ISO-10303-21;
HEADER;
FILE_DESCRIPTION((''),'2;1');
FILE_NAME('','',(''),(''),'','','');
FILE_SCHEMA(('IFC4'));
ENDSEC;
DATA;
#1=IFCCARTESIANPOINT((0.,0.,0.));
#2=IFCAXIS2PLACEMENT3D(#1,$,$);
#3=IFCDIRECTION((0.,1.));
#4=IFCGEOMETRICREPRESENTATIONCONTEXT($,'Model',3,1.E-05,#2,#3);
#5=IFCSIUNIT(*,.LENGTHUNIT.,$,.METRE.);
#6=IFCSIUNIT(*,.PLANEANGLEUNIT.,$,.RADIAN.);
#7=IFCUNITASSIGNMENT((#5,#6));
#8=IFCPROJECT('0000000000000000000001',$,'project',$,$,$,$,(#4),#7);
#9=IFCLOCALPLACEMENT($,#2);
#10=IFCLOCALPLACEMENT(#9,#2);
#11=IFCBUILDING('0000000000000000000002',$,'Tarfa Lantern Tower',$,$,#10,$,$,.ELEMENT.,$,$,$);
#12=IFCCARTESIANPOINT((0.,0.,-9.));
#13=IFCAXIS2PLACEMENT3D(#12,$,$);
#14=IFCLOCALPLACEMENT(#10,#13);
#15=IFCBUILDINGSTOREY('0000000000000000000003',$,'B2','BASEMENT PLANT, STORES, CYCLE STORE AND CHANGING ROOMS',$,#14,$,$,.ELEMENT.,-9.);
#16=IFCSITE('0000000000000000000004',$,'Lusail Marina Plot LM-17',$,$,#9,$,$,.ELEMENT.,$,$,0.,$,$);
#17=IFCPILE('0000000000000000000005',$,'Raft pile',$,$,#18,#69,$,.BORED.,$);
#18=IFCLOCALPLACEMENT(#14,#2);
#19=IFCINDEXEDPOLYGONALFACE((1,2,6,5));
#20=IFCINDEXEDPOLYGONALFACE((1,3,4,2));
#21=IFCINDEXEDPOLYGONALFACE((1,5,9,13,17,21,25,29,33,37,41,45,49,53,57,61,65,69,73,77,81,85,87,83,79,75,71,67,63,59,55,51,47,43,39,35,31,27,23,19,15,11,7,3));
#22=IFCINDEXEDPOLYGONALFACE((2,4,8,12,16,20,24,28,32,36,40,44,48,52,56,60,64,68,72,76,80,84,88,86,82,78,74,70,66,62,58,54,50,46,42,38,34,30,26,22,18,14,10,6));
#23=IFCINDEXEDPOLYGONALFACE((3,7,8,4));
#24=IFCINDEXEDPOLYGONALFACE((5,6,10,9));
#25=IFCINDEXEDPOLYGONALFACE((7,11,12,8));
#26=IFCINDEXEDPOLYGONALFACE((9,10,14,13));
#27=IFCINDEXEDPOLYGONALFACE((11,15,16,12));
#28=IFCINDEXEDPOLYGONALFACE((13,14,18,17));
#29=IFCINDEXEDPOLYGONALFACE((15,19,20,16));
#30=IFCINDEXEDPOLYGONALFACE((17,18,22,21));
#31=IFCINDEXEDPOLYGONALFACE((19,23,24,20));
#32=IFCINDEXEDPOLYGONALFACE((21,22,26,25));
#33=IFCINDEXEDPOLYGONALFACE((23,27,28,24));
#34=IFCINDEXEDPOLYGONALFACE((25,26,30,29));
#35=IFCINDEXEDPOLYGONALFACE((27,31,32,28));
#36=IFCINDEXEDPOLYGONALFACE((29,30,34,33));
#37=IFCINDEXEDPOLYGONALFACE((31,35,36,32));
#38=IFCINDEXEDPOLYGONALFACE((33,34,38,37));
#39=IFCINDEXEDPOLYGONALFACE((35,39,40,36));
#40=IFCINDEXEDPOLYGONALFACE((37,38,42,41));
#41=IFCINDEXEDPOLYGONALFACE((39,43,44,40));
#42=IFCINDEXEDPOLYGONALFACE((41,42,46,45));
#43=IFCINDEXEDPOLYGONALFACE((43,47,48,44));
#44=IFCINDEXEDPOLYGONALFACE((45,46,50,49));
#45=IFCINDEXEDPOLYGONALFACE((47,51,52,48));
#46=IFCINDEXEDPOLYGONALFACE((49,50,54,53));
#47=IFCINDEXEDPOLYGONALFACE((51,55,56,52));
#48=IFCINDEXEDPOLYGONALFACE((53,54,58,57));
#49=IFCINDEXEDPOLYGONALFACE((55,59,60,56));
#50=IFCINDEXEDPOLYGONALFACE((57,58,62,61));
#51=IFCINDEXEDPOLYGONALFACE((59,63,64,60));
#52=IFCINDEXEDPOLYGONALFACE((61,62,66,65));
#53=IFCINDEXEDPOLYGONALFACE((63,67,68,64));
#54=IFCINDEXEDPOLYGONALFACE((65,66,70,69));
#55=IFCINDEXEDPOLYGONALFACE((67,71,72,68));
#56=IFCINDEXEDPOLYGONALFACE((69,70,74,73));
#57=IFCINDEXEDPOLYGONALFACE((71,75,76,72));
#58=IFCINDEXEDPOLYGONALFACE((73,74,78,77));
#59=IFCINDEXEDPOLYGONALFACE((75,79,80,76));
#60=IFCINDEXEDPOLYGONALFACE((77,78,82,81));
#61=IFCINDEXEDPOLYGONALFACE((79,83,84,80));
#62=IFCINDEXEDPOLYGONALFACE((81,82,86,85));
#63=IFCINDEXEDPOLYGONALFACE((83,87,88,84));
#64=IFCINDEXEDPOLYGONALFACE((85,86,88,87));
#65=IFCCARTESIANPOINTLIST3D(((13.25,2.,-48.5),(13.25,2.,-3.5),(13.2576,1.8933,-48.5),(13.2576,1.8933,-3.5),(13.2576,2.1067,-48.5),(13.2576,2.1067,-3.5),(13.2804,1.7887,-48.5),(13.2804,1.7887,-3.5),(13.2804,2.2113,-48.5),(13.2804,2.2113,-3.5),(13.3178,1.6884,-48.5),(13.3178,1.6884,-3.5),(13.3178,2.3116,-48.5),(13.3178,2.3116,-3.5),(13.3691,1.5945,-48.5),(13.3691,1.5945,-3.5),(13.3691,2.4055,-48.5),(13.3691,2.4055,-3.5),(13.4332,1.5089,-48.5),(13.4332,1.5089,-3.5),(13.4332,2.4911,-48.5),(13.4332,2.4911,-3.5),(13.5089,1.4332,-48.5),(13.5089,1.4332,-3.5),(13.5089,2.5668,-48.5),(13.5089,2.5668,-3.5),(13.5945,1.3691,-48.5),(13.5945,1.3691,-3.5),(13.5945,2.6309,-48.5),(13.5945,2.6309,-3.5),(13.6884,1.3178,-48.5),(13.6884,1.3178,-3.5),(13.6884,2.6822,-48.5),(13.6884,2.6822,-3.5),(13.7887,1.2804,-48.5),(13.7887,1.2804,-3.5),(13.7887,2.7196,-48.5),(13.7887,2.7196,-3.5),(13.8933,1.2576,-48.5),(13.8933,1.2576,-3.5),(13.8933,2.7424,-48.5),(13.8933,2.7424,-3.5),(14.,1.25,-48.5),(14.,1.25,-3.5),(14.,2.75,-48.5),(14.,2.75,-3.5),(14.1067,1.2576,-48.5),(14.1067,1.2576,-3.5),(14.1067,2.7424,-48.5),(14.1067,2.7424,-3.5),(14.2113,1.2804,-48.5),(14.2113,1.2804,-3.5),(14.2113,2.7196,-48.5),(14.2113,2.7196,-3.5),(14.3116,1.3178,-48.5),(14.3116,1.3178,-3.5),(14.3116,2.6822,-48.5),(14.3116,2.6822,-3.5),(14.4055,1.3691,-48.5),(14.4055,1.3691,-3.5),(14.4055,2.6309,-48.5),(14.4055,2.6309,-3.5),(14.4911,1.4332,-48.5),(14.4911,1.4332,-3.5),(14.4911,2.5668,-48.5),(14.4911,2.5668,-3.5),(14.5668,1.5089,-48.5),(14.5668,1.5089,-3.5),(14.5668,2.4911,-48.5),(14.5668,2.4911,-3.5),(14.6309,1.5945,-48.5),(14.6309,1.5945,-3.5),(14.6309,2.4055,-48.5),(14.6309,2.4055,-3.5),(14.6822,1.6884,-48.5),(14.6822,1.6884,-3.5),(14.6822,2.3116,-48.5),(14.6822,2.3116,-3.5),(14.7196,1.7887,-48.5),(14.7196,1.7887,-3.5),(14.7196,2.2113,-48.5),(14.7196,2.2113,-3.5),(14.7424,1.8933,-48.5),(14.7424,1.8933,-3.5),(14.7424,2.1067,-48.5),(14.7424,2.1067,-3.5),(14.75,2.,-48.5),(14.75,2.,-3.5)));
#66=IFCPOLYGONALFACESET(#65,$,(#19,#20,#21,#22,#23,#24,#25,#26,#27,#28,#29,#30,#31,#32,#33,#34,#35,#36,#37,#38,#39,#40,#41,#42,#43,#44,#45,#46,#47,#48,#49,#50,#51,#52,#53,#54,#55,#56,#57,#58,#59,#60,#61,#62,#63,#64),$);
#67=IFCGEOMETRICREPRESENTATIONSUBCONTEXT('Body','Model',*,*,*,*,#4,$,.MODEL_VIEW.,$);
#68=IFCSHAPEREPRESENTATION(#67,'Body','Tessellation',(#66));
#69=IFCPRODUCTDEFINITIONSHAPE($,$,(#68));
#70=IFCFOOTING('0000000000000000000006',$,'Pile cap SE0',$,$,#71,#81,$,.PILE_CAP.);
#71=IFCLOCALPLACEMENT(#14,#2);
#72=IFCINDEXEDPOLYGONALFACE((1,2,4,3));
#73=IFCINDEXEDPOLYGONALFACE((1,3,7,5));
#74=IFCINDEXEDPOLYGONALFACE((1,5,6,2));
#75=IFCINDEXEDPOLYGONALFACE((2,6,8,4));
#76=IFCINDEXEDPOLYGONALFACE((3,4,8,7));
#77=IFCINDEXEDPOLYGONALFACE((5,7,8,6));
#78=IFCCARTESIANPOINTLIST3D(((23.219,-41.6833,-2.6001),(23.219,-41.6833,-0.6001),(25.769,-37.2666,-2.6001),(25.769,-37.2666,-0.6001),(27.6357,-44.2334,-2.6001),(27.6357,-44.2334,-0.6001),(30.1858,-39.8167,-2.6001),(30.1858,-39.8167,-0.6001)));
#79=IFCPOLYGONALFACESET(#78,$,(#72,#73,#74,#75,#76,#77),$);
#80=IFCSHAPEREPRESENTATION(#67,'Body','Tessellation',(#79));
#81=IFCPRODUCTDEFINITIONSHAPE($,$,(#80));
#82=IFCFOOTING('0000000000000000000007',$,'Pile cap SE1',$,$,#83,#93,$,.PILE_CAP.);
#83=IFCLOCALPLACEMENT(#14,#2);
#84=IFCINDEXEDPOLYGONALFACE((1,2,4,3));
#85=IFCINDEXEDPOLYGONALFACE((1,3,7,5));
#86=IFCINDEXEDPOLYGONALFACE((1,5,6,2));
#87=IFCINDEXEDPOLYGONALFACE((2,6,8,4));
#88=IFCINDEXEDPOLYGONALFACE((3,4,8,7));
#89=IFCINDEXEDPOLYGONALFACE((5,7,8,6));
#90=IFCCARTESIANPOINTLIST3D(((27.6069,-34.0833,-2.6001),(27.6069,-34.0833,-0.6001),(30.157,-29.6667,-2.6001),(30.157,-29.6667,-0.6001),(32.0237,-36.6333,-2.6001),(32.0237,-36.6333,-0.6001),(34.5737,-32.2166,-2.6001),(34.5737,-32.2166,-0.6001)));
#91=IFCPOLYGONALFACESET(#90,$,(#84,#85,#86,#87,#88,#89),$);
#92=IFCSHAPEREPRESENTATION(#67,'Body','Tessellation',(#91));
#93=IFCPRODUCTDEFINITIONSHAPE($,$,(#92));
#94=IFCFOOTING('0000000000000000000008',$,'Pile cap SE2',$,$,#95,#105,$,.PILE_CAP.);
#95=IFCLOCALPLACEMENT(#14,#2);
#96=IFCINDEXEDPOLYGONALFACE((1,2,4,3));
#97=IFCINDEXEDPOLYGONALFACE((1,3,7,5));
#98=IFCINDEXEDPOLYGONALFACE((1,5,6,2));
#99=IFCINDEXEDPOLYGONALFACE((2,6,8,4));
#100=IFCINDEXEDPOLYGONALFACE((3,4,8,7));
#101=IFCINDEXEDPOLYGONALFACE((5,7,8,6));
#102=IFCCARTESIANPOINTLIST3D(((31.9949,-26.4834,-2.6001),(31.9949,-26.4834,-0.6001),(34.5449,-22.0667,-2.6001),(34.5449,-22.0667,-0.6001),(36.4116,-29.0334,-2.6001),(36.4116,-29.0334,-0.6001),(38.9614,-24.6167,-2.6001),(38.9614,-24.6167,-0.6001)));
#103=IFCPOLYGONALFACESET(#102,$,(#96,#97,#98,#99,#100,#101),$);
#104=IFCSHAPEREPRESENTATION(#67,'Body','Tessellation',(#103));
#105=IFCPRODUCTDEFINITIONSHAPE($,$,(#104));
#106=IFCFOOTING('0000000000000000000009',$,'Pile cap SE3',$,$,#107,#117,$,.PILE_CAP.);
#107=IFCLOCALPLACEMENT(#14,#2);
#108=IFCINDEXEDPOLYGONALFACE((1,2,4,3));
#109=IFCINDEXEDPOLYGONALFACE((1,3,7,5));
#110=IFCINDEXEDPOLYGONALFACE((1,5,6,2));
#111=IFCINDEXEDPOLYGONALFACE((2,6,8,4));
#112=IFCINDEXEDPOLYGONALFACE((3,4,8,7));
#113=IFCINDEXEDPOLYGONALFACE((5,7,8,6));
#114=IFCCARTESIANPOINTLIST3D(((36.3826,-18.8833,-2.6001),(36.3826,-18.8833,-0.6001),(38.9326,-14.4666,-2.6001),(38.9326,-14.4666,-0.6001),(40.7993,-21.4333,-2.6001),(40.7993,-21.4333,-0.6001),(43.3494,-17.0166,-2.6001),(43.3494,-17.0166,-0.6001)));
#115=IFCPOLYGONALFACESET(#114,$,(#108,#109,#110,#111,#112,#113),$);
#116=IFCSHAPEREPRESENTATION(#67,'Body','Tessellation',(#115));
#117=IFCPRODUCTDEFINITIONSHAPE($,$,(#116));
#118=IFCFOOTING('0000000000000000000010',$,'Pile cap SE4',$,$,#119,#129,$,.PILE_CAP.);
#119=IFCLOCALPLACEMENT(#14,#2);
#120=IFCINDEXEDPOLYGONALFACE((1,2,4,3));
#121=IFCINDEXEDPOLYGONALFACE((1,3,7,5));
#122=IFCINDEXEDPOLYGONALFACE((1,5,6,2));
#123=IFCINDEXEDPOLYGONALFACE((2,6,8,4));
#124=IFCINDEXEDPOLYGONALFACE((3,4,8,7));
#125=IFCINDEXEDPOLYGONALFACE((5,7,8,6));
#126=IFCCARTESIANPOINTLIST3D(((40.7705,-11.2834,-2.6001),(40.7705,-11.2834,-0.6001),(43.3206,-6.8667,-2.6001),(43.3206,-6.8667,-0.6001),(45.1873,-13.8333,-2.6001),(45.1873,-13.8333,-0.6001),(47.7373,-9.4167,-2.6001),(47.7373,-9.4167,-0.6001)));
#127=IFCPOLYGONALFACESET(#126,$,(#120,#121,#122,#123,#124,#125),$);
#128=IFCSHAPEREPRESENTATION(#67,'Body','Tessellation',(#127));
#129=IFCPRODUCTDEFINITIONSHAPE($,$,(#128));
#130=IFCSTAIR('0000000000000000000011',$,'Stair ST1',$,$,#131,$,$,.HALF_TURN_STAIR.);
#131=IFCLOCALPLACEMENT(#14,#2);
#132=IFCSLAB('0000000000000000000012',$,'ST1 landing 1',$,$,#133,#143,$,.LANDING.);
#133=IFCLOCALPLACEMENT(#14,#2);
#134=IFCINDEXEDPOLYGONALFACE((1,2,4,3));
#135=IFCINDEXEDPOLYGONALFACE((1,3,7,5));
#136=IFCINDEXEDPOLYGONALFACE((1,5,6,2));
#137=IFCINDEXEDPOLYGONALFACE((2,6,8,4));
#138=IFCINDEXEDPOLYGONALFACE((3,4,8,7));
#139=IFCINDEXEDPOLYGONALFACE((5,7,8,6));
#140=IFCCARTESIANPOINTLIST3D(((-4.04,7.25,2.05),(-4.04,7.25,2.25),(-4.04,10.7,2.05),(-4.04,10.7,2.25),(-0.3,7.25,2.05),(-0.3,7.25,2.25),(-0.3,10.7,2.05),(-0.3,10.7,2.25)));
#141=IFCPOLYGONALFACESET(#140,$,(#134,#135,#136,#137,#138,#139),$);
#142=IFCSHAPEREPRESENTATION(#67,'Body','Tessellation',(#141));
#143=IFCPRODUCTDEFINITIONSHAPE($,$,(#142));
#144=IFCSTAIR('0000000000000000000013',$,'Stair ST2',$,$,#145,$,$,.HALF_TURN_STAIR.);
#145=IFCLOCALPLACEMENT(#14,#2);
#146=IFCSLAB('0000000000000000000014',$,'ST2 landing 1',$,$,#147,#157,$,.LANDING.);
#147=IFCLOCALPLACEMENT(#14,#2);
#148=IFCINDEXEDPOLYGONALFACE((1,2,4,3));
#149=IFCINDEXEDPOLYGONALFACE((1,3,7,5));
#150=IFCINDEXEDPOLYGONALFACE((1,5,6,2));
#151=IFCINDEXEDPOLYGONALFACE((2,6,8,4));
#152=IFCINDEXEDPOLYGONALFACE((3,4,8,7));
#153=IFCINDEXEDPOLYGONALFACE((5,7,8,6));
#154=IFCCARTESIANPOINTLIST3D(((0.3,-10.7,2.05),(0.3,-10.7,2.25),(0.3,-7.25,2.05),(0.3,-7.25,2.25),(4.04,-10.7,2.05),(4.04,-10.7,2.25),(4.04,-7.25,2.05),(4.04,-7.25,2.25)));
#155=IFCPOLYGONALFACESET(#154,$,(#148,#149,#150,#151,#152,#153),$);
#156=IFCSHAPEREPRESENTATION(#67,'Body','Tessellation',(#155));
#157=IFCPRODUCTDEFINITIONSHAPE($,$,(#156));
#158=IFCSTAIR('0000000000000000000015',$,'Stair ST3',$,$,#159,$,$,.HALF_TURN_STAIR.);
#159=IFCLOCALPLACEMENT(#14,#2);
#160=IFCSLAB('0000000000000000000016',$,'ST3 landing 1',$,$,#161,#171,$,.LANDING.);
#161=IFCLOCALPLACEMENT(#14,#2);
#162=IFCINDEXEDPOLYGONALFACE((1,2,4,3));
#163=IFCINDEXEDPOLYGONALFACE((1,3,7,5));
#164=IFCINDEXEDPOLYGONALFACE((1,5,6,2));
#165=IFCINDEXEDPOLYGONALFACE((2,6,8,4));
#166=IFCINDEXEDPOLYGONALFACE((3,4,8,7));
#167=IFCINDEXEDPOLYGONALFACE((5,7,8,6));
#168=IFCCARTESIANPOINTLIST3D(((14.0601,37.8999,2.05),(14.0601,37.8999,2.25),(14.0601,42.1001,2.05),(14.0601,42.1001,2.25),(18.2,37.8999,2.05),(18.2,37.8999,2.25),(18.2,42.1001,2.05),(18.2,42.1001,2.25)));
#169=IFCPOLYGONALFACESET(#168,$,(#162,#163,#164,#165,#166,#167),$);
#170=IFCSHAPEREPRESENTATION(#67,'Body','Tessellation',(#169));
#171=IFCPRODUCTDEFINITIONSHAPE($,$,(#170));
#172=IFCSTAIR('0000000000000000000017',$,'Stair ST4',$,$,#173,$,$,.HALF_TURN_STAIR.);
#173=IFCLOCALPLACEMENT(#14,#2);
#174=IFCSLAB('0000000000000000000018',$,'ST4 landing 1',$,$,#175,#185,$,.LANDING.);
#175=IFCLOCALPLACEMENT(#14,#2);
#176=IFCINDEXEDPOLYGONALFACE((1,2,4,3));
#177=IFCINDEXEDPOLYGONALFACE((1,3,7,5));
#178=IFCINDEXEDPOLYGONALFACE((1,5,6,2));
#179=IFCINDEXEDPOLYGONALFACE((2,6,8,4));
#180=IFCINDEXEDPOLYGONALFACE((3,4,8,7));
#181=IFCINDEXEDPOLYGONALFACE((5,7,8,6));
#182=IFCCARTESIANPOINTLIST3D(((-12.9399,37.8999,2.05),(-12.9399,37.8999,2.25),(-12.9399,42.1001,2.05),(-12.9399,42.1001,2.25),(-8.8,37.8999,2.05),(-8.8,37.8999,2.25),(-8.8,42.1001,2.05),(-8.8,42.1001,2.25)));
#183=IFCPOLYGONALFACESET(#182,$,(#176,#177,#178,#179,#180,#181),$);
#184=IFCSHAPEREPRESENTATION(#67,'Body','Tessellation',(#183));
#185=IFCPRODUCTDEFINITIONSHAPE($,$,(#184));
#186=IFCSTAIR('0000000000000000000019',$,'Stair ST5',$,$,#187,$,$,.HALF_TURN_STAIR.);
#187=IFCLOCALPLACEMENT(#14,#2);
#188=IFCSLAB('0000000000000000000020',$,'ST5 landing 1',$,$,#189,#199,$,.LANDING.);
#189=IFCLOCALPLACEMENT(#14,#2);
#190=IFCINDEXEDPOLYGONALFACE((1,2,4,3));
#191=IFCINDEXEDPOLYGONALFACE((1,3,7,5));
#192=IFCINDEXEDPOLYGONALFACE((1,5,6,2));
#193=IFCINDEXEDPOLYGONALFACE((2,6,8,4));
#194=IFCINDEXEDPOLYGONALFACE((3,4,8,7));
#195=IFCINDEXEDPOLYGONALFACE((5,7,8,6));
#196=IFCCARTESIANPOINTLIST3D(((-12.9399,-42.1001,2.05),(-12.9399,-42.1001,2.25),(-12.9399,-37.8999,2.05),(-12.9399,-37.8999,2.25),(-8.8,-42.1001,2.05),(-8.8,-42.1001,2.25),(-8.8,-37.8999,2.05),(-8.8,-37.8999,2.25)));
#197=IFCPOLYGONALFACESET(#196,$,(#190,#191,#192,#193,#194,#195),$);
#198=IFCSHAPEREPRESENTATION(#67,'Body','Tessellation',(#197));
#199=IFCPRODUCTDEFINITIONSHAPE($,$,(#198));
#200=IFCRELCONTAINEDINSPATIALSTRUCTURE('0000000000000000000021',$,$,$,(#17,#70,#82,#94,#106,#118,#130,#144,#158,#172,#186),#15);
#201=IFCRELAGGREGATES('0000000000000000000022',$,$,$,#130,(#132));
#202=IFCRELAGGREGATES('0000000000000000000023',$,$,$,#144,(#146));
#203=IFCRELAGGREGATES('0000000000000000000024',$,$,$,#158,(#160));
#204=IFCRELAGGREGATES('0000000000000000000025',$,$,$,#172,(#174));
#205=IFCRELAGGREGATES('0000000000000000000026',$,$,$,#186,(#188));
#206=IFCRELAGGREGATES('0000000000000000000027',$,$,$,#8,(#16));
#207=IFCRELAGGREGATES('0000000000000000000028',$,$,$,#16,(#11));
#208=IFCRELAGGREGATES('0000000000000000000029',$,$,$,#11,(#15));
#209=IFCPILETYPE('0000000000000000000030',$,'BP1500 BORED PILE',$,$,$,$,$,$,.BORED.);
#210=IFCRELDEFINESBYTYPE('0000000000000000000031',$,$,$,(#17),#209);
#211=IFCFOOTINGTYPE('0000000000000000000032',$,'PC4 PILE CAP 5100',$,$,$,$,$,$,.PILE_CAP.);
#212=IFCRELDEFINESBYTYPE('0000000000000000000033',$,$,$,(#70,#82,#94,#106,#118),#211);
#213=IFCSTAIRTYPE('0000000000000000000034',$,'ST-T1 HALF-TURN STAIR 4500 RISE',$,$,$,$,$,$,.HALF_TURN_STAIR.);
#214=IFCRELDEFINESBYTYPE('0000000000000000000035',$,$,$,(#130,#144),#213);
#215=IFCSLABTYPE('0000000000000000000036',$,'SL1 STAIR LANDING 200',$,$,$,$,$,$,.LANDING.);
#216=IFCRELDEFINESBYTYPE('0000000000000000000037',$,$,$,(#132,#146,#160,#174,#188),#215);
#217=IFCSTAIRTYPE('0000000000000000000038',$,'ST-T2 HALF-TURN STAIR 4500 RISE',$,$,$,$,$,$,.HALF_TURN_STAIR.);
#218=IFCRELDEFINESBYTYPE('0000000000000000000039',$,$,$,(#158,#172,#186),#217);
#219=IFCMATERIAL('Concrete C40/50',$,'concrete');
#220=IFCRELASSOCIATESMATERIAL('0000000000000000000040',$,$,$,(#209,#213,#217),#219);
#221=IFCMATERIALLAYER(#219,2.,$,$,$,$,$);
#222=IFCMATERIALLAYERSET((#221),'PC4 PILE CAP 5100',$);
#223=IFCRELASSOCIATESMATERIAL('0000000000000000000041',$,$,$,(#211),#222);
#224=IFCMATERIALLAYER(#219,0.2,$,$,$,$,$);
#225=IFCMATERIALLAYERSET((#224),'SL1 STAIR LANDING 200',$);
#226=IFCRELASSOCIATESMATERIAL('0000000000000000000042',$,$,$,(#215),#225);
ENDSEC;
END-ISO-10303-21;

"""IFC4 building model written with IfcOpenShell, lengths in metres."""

from ifc_helpers import new_model, si_unit, direction, frame, origin, origin_2d, place, context, subcontext, project, spatial, polyline, circle, outline, extrude, material, layer, layer_set, material_profile, profile_set, type_object, element, aggregate, save


model = new_model("IFC4")

# Units and contexts
model_context = context("Model", 3, precision=1e-05, world=origin(), true_north=direction((0.0, 1.0)))
body_context = subcontext(model_context, "Body", "Model", "MODEL_VIEW")
ifc_project = project(units=[si_unit("LENGTHUNIT", "METRE"), si_unit("PLANEANGLEUNIT", "RADIAN")], contexts=[model_context])

# Site, building, storey
site_placement = place(None, origin())
site = spatial("IfcSite", under=ifc_project, at=site_placement, Name="Lusail Marina Plot LM-17", CompositionType="ELEMENT", RefElevation=0.0)
building_placement = place(site_placement, origin())
building = spatial("IfcBuilding", under=site, at=building_placement, Name="Tarfa Lantern Tower", CompositionType="ELEMENT")
storey_placement = place(building_placement, frame((0.0, 0.0, -9.0)))
storey = spatial("IfcBuildingStorey", under=building, at=storey_placement, Name="B2", Description="BASEMENT PLANT, STORES, CYCLE STORE AND CHANGING ROOMS", CompositionType="ELEMENT", Elevation=-9.0)

# Pile
ifc_material_1 = material(Name="Concrete C40/50", Category="concrete")
ifc_material_profile = material_profile(ifc_material_1, circle(Radius=0.75, at=origin_2d()), Name="BORED PILE D1500")
ifc_profile_set = profile_set([ifc_material_profile], Name="Concrete C40/50")
pile_type = type_object("IfcPileType", Name="BP1500 BORED PILE", PredefinedType="BORED", material=ifc_profile_set)
for number, where, z_axis, x_axis, name in (
    (1, (14.0, 2.0, -3.5), (0.0, 0.0, -1.0), (1.0, 0.0, 0.0), "Raft pile"),
):
    element("IfcPile", number, at=place(storey_placement, frame(where, z_axis=z_axis, x_axis=x_axis)), inside=storey, type_object=pile_type, Name=name, PredefinedType="BORED", context=body_context, shape_type="SweptSolid", body=[
        extrude(circle(Radius=0.75, at=origin_2d()), origin(), (0.0, 0.0, 1.0), 45.0),
    ])

# Footings
ifc_layer_1 = layer(ifc_material_1, 2.0)
ifc_layer_set_1 = layer_set([ifc_layer_1], Name="PC4 PILE CAP 5100")
footing_type = type_object("IfcFootingType", Name="PC4 PILE CAP 5100", PredefinedType="PILE_CAP", material=ifc_layer_set_1)
footing_1_placement = place(storey_placement, frame((0.0, 0.0, -2.6001)))
element("IfcFooting", 2, at=footing_1_placement, inside=storey, type_object=footing_type, Name="Pile cap SE0", PredefinedType="PILE_CAP", context=body_context, shape_type="SweptSolid", body=[
    extrude(outline(polyline([(27.6357, -44.2334), (30.1858, -39.8167), (25.769, -37.2666), (23.219, -41.6833), (27.6357, -44.2334)])), origin(), (0.0, 0.0, 1.0), 2.0),
])
footing_2_placement = place(storey_placement, frame((0.0, 0.0, -2.6001)))
element("IfcFooting", 3, at=footing_2_placement, inside=storey, type_object=footing_type, Name="Pile cap SE1", PredefinedType="PILE_CAP", context=body_context, shape_type="SweptSolid", body=[
    extrude(outline(polyline([(32.0237, -36.6333), (34.5737, -32.2166), (30.157, -29.6667), (27.6069, -34.0833), (32.0237, -36.6333)])), origin(), (0.0, 0.0, 1.0), 2.0),
])
footing_3_placement = place(storey_placement, frame((0.0, 0.0, -2.6001)))
element("IfcFooting", 4, at=footing_3_placement, inside=storey, type_object=footing_type, Name="Pile cap SE2", PredefinedType="PILE_CAP", context=body_context, shape_type="SweptSolid", body=[
    extrude(outline(polyline([(36.4116, -29.0334), (38.9614, -24.6167), (34.5449, -22.0667), (31.9949, -26.4834), (36.4116, -29.0334)])), origin(), (0.0, 0.0, 1.0), 2.0),
])
footing_4_placement = place(storey_placement, frame((0.0, 0.0, -2.6001)))
element("IfcFooting", 5, at=footing_4_placement, inside=storey, type_object=footing_type, Name="Pile cap SE3", PredefinedType="PILE_CAP", context=body_context, shape_type="SweptSolid", body=[
    extrude(outline(polyline([(40.7993, -21.4333), (43.3494, -17.0166), (38.9326, -14.4666), (36.3826, -18.8833), (40.7993, -21.4333)])), origin(), (0.0, 0.0, 1.0), 2.0),
])
footing_5_placement = place(storey_placement, frame((0.0, 0.0, -2.6001)))
element("IfcFooting", 6, at=footing_5_placement, inside=storey, type_object=footing_type, Name="Pile cap SE4", PredefinedType="PILE_CAP", context=body_context, shape_type="SweptSolid", body=[
    extrude(outline(polyline([(45.1873, -13.8333), (47.7373, -9.4167), (43.3206, -6.8667), (40.7705, -11.2834), (45.1873, -13.8333)])), origin(), (0.0, 0.0, 1.0), 2.0),
])

# Stairs, slabs
stair_type_1 = type_object("IfcStairType", Name="ST-T1 HALF-TURN STAIR 4500 RISE", PredefinedType="HALF_TURN_STAIR", material=ifc_material_1)
stair_1_placement = place(storey_placement, origin())
stair_1 = element("IfcStair", 7, at=stair_1_placement, inside=storey, type_object=stair_type_1, Name="Stair ST1", PredefinedType="HALF_TURN_STAIR")
ifc_layer_2 = layer(ifc_material_1, 0.2)
ifc_layer_set_2 = layer_set([ifc_layer_2], Name="SL1 STAIR LANDING 200")
slab_type = type_object("IfcSlabType", Name="SL1 STAIR LANDING 200", PredefinedType="LANDING", material=ifc_layer_set_2)
slab_1_placement = place(storey_placement, frame((0.0, 0.0, 2.05)))
slab_1 = element("IfcSlab", 8, at=slab_1_placement, type_object=slab_type, Name="ST1 landing 1", PredefinedType="LANDING", context=body_context, shape_type="SweptSolid", body=[
    extrude(outline(polyline([(-4.04, 7.25), (-0.3, 7.25), (-0.3, 10.7), (-4.04, 10.7), (-4.04, 7.25)])), origin(), (0.0, 0.0, 1.0), 0.2),
])
aggregate(stair_1, [slab_1])
stair_2_placement = place(storey_placement, origin())
stair_2 = element("IfcStair", 9, at=stair_2_placement, inside=storey, type_object=stair_type_1, Name="Stair ST2", PredefinedType="HALF_TURN_STAIR")
slab_2_placement = place(storey_placement, frame((0.0, 0.0, 2.05)))
slab_2 = element("IfcSlab", 10, at=slab_2_placement, type_object=slab_type, Name="ST2 landing 1", PredefinedType="LANDING", context=body_context, shape_type="SweptSolid", body=[
    extrude(outline(polyline([(4.04, -7.25), (0.3, -7.25), (0.3, -10.7), (4.04, -10.7), (4.04, -7.25)])), origin(), (0.0, 0.0, 1.0), 0.2),
])
aggregate(stair_2, [slab_2])
stair_type_2 = type_object("IfcStairType", Name="ST-T2 HALF-TURN STAIR 4500 RISE", PredefinedType="HALF_TURN_STAIR", material=ifc_material_1)
stair_3_placement = place(storey_placement, origin())
stair_3 = element("IfcStair", 11, at=stair_3_placement, inside=storey, type_object=stair_type_2, Name="Stair ST3", PredefinedType="HALF_TURN_STAIR")
slab_3_placement = place(storey_placement, frame((0.0, 0.0, 2.05)))
slab_3 = element("IfcSlab", 12, at=slab_3_placement, type_object=slab_type, Name="ST3 landing 1", PredefinedType="LANDING", context=body_context, shape_type="SweptSolid", body=[
    extrude(outline(polyline([(14.0601, 37.8999), (18.2, 37.8999), (18.2, 42.1001), (14.0601, 42.1001), (14.0601, 37.8999)])), origin(), (0.0, 0.0, 1.0), 0.2),
])
aggregate(stair_3, [slab_3])
stair_4_placement = place(storey_placement, origin())
stair_4 = element("IfcStair", 13, at=stair_4_placement, inside=storey, type_object=stair_type_2, Name="Stair ST4", PredefinedType="HALF_TURN_STAIR")
slab_4_placement = place(storey_placement, frame((0.0, 0.0, 2.05)))
slab_4 = element("IfcSlab", 14, at=slab_4_placement, type_object=slab_type, Name="ST4 landing 1", PredefinedType="LANDING", context=body_context, shape_type="SweptSolid", body=[
    extrude(outline(polyline([(-12.9399, 37.8999), (-8.8, 37.8999), (-8.8, 42.1001), (-12.9399, 42.1001), (-12.9399, 37.8999)])), origin(), (0.0, 0.0, 1.0), 0.2),
])
aggregate(stair_4, [slab_4])
stair_5_placement = place(storey_placement, origin())
stair_5 = element("IfcStair", 15, at=stair_5_placement, inside=storey, type_object=stair_type_2, Name="Stair ST5", PredefinedType="HALF_TURN_STAIR")
slab_5_placement = place(storey_placement, frame((0.0, 0.0, 2.05)))
slab_5 = element("IfcSlab", 16, at=slab_5_placement, type_object=slab_type, Name="ST5 landing 1", PredefinedType="LANDING", context=body_context, shape_type="SweptSolid", body=[
    extrude(outline(polyline([(-12.9399, -42.1001), (-8.8, -42.1001), (-8.8, -37.8999), (-12.9399, -37.8999), (-12.9399, -42.1001)])), origin(), (0.0, 0.0, 1.0), 0.2),
])
aggregate(stair_5, [slab_5])

save(model, "model.ifc")
